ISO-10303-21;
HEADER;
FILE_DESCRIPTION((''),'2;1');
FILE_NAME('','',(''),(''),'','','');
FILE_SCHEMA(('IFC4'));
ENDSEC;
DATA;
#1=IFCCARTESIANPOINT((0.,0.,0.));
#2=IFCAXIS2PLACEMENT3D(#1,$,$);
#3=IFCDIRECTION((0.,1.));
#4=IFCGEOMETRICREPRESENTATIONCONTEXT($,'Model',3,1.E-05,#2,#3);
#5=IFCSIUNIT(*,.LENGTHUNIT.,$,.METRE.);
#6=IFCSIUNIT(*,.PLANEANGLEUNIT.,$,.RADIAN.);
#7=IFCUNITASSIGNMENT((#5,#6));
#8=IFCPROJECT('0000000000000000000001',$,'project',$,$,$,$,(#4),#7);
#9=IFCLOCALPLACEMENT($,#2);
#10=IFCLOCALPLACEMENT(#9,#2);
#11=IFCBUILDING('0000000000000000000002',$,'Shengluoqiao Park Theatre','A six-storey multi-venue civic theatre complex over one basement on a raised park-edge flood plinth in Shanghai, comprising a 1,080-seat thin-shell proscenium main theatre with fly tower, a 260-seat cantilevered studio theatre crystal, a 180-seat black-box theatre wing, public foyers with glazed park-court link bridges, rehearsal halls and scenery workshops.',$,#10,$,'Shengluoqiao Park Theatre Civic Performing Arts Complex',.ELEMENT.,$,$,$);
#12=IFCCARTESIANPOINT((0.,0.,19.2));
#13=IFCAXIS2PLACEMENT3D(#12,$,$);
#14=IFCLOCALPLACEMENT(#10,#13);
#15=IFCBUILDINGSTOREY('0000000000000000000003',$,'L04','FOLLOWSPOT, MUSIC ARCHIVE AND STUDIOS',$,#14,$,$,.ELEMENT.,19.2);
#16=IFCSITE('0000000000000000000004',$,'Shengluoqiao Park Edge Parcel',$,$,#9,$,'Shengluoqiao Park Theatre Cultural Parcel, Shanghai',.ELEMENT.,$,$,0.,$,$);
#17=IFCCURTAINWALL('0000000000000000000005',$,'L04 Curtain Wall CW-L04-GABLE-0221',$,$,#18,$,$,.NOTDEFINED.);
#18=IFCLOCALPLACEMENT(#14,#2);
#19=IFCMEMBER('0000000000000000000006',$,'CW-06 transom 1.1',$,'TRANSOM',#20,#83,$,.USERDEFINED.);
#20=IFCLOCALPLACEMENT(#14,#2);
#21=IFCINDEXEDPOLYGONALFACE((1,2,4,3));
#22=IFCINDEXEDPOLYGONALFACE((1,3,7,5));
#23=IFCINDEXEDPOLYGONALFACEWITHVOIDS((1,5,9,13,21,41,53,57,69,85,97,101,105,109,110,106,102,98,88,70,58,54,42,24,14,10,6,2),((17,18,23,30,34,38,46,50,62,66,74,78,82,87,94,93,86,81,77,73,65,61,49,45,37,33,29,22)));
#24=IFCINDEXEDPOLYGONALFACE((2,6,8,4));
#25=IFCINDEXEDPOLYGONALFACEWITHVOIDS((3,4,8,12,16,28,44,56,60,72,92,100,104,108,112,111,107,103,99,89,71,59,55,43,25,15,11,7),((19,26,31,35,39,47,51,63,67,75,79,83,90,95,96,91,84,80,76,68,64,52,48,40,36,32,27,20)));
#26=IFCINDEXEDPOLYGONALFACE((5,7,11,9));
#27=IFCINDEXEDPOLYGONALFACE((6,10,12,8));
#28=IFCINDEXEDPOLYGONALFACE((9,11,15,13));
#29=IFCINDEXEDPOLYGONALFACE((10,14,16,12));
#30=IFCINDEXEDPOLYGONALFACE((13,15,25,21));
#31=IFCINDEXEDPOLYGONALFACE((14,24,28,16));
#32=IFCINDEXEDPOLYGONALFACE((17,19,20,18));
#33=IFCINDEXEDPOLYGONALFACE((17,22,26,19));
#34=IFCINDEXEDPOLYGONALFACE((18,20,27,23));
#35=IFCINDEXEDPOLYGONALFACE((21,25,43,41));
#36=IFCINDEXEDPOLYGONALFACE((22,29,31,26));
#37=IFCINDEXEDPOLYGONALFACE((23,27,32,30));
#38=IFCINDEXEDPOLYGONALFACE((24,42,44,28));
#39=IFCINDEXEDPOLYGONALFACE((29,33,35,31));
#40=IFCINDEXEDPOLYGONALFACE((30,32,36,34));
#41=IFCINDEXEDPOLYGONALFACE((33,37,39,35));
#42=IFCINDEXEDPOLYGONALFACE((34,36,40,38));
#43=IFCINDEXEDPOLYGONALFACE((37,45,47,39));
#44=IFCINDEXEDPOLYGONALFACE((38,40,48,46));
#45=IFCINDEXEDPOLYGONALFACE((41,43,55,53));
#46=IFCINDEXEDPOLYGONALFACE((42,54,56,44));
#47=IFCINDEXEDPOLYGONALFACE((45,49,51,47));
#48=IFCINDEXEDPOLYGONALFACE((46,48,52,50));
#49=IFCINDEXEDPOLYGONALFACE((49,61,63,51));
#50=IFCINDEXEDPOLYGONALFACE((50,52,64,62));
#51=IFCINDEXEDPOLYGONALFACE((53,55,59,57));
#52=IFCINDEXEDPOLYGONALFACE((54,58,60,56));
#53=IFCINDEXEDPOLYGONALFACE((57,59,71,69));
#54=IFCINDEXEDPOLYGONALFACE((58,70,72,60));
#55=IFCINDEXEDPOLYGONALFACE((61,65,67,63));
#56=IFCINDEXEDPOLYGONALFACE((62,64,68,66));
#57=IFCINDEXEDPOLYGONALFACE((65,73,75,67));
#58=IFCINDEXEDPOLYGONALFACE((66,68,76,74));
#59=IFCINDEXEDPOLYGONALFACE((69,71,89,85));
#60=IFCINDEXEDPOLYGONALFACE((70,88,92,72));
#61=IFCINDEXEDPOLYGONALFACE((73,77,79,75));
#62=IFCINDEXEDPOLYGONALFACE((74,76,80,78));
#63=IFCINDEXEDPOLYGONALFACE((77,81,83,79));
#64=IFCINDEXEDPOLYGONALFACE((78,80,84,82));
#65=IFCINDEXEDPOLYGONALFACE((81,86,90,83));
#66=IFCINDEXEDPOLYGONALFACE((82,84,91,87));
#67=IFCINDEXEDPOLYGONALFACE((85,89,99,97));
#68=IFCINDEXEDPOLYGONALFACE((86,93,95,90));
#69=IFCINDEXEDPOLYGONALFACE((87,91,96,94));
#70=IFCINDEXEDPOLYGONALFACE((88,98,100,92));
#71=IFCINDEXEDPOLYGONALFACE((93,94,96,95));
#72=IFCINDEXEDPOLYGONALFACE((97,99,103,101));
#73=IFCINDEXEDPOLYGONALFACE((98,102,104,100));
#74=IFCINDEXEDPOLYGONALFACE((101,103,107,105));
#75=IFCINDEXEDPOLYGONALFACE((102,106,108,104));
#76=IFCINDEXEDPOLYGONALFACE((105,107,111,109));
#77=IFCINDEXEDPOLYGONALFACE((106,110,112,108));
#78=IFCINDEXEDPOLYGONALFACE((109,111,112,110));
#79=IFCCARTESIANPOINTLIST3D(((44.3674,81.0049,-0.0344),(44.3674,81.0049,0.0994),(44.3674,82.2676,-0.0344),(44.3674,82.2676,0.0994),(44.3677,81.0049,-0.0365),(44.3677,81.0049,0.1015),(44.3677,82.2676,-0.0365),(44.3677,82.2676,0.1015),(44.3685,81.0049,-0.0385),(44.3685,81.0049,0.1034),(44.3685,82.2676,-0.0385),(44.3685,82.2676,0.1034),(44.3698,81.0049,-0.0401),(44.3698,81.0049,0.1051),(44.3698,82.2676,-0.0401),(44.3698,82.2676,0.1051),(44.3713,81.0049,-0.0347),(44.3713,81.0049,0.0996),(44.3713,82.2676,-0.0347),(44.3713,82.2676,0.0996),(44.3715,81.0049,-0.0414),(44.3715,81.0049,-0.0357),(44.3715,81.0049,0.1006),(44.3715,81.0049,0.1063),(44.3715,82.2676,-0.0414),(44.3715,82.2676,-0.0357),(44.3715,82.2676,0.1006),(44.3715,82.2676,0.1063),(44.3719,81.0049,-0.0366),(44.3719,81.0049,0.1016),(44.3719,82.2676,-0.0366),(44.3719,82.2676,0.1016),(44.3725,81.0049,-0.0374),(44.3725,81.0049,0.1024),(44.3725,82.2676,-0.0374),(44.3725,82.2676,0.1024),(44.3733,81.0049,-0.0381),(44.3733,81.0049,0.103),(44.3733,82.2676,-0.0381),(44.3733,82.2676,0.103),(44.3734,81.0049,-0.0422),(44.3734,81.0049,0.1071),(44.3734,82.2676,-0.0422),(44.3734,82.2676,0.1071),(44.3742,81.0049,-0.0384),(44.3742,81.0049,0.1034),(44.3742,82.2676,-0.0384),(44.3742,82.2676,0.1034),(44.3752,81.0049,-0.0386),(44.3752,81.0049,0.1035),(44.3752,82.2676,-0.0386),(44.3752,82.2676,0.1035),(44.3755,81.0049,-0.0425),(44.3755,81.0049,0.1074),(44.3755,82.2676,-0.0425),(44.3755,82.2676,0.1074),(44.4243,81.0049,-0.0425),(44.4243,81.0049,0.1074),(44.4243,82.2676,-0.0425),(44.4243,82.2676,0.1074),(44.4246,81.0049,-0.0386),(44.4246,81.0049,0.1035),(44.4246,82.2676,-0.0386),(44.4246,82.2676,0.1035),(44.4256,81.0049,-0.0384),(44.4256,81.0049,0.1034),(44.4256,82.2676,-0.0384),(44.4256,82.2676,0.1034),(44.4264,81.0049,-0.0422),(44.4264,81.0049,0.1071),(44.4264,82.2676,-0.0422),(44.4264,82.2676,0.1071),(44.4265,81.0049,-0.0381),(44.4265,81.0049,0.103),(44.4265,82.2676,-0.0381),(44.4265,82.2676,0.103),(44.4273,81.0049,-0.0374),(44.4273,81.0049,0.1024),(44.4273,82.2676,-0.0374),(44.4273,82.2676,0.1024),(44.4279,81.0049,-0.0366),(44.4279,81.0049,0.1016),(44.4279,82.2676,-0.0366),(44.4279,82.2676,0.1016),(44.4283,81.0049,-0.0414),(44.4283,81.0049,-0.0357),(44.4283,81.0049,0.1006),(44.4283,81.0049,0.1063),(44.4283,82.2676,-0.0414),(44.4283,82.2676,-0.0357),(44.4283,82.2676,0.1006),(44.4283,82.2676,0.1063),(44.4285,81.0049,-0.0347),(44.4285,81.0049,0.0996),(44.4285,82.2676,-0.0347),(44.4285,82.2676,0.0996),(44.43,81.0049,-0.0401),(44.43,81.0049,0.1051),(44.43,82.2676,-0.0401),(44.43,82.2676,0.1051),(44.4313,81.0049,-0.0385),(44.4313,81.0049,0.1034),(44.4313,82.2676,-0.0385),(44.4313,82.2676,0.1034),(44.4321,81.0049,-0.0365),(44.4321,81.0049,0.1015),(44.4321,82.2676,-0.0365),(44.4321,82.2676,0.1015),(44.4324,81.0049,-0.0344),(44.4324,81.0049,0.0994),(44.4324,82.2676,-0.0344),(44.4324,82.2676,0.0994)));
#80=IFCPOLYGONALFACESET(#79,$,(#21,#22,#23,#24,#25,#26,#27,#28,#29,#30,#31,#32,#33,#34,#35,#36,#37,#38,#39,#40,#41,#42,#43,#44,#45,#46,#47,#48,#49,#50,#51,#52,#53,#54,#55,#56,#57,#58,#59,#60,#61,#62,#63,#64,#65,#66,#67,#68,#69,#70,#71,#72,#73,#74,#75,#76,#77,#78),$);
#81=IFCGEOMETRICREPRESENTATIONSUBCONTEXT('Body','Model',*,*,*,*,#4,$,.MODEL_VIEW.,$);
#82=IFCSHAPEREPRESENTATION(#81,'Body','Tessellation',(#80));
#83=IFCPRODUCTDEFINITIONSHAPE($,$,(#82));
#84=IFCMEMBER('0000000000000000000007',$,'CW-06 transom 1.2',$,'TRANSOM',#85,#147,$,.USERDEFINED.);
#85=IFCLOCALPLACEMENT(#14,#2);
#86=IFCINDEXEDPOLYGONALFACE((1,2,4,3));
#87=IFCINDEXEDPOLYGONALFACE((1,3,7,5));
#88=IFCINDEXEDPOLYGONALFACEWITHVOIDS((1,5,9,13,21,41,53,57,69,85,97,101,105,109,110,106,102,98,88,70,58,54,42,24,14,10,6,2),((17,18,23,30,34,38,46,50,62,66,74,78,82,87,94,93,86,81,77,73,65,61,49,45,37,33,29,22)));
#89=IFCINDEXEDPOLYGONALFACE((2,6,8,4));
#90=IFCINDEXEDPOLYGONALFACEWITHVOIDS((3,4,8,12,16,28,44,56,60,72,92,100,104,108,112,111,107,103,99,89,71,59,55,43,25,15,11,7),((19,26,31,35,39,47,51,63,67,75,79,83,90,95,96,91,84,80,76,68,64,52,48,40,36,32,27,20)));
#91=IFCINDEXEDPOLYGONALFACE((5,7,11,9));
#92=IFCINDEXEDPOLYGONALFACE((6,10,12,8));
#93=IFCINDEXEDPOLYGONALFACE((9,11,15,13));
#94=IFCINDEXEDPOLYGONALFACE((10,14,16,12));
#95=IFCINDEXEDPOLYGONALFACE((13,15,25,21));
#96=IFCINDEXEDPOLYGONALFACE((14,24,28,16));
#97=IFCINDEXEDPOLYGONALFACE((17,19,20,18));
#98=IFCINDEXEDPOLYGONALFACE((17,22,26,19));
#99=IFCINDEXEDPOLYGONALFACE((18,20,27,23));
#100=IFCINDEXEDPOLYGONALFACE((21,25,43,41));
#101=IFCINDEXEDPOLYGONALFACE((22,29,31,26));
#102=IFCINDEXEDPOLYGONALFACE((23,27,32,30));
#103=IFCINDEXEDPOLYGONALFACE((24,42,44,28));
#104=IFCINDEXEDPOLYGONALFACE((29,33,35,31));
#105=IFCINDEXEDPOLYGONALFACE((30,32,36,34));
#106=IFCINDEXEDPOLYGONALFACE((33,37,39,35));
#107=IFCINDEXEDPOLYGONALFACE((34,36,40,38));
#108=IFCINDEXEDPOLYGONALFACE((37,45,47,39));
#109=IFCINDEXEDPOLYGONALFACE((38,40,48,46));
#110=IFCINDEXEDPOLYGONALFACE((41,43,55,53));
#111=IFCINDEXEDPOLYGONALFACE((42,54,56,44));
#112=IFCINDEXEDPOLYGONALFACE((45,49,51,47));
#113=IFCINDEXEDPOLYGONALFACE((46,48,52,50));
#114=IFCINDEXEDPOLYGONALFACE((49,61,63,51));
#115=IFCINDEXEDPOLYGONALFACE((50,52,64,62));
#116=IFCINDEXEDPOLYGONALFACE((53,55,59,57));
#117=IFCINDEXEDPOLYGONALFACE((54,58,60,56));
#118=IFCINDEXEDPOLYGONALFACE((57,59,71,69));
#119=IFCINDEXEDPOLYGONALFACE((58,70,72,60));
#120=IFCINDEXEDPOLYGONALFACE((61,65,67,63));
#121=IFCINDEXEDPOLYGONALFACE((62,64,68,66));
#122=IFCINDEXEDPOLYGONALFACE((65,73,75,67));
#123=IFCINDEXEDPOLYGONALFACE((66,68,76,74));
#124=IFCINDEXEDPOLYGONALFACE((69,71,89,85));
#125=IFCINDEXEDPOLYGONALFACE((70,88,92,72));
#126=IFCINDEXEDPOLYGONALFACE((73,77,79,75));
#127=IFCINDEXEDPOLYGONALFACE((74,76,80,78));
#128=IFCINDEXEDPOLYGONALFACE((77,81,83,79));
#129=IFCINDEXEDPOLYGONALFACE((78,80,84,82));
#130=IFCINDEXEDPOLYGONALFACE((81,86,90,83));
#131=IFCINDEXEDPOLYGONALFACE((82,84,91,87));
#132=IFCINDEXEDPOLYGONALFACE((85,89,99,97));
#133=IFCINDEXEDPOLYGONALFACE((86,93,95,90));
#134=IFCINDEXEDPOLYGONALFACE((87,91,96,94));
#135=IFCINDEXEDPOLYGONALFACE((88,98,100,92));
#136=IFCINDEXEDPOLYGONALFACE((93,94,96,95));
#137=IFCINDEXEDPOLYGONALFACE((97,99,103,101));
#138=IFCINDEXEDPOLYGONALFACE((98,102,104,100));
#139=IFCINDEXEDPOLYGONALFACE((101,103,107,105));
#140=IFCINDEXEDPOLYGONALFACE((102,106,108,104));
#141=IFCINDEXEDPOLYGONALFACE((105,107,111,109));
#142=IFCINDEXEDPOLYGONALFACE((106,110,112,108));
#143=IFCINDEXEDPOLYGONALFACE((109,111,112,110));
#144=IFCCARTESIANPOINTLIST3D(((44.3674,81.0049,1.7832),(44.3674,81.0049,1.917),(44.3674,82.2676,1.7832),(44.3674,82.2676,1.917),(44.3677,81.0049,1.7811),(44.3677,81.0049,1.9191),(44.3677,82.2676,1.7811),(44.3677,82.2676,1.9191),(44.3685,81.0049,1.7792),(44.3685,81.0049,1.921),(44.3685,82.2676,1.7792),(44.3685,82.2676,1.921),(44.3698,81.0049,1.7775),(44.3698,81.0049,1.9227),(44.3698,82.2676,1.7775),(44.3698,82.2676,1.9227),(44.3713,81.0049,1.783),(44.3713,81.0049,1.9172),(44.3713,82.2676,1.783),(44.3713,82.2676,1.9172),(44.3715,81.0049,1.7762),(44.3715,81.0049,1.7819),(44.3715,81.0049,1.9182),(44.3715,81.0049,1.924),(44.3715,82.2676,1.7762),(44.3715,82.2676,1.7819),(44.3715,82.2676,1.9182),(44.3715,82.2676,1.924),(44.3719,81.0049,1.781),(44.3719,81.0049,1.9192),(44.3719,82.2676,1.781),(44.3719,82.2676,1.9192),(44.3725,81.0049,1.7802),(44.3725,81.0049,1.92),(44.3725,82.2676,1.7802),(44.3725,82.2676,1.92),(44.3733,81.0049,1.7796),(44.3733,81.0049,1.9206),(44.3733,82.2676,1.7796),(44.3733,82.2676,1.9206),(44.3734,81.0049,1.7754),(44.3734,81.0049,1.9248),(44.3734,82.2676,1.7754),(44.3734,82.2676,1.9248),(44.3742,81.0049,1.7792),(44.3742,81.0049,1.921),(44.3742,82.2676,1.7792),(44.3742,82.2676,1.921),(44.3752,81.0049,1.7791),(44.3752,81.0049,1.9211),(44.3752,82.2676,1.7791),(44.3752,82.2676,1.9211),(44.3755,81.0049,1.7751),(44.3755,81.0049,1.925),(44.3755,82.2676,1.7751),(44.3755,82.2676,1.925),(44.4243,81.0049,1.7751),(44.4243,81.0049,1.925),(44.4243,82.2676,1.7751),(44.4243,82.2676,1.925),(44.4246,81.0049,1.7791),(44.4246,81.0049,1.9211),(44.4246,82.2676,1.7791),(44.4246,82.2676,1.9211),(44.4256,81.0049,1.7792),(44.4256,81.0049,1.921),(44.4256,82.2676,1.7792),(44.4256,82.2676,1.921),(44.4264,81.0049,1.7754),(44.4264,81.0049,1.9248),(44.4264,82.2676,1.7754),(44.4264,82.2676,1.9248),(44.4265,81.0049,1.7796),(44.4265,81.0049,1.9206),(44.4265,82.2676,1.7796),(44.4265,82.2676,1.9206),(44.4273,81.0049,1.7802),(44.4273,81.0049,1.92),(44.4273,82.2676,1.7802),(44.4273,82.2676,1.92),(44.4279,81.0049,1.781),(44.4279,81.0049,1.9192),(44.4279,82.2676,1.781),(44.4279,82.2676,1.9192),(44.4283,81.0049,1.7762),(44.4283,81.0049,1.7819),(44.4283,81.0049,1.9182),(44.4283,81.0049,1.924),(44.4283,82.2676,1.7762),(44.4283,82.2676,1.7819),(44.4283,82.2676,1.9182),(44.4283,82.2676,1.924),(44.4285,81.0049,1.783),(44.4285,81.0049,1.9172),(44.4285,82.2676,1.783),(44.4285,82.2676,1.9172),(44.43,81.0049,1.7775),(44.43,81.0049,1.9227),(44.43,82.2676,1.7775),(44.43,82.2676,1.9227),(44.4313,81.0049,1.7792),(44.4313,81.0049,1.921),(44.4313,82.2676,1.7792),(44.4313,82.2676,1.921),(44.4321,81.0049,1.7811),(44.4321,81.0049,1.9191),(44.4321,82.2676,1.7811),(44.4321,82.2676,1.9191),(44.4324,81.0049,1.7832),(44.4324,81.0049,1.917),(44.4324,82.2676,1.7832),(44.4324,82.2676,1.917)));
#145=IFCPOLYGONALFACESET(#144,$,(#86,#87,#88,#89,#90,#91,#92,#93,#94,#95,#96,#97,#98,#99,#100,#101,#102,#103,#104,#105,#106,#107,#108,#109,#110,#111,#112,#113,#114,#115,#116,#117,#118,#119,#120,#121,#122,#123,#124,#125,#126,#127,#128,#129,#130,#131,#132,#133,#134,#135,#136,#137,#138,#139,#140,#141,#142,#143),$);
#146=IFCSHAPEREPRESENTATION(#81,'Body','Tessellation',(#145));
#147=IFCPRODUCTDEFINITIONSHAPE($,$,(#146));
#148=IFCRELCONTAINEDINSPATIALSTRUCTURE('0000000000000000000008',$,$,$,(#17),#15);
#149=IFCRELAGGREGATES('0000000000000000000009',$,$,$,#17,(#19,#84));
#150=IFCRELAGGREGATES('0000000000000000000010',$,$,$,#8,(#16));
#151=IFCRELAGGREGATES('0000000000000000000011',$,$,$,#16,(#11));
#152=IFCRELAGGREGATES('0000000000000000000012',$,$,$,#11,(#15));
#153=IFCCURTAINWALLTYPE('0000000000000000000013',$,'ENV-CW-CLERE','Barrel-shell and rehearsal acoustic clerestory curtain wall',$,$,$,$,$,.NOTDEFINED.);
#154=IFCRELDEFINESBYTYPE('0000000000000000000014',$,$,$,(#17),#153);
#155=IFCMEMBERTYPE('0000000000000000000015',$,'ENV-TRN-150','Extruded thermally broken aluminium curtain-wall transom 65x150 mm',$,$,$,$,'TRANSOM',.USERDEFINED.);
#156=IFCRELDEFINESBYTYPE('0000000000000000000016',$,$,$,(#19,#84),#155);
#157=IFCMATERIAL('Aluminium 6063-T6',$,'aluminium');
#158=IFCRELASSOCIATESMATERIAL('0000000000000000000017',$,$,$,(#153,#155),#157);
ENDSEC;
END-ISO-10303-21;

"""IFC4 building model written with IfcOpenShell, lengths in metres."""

from ifc_helpers import new_model, si_unit, direction, frame, origin, origin_2d, place, context, subcontext, project, spatial, hollow_rectangle, extrude, material, material_profile, profile_set, type_object, element, aggregate, save


model = new_model("IFC4")

# Units and contexts
model_context = context("Model", 3, precision=1e-05, world=origin(), true_north=direction((0.0, 1.0)))
body_context = subcontext(model_context, "Body", "Model", "MODEL_VIEW")
ifc_project = project(units=[si_unit("LENGTHUNIT", "METRE"), si_unit("PLANEANGLEUNIT", "RADIAN")], contexts=[model_context])

# Site, building, storey
site_placement = place(None, origin())
site = spatial("IfcSite", under=ifc_project, at=site_placement, Name="Shengluoqiao Park Edge Parcel", LongName="Shengluoqiao Park Theatre Cultural Parcel, Shanghai", CompositionType="ELEMENT", RefElevation=0.0)
building_placement = place(site_placement, origin())
building = spatial("IfcBuilding", under=site, at=building_placement, Name="Shengluoqiao Park Theatre", Description="A six-storey multi-venue civic theatre complex over one basement on a raised park-edge flood plinth in Shanghai, comprising a 1,080-seat thin-shell proscenium main theatre with fly tower, a 260-seat cantilevered studio theatre crystal, a 180-seat black-box theatre wing, public foyers with glazed park-court link bridges, rehearsal halls and scenery workshops.", LongName="Shengluoqiao Park Theatre Civic Performing Arts Complex", CompositionType="ELEMENT")
storey_placement = place(building_placement, frame((0.0, 0.0, 19.2)))
storey = spatial("IfcBuildingStorey", under=building, at=storey_placement, Name="L04", Description="FOLLOWSPOT, MUSIC ARCHIVE AND STUDIOS", CompositionType="ELEMENT", Elevation=19.2)

# Shared definitions
ifc_material_1 = material(Name="Aluminium 6063-T6", Category="aluminium")
curtain_wall_type = type_object("IfcCurtainWallType", Name="ENV-CW-CLERE", Description="Barrel-shell and rehearsal acoustic clerestory curtain wall", PredefinedType="NOTDEFINED", material=ifc_material_1)

# Curtain wall
curtain_wall_1_placement = place(storey_placement, origin())
curtain_wall_1 = element("IfcCurtainWall", 1, at=curtain_wall_1_placement, inside=storey, type_object=curtain_wall_type, Name="L04 Curtain Wall CW-L04-GABLE-0221", PredefinedType="NOTDEFINED")

# Members
ifc_material_profile_1 = material_profile(ifc_material_1, hollow_rectangle(XDim=0.0649, YDim=0.1499, WallThickness=0.0039, InnerFilletRadius=0.0039, OuterFilletRadius=0.0081, at=origin_2d()), Name="ALU TRANSOM 150x65x4")
ifc_profile_set_1 = profile_set([ifc_material_profile_1], Name="Aluminium 6063-T6")
member_type_1 = type_object("IfcMemberType", Name="ENV-TRN-150", Description="Extruded thermally broken aluminium curtain-wall transom 65x150 mm", ElementType="TRANSOM", PredefinedType="USERDEFINED", material=ifc_profile_set_1)
member_1_placement = place(storey_placement, frame((44.3999, 81.0049, 0.0325), z_axis=(0.0, 1.0, 0.0), x_axis=(-1.0, 0.0, 0.0)))
member_1 = element("IfcMember", 2, at=member_1_placement, type_object=member_type_1, Name="CW-06 transom 1.1", ObjectType="TRANSOM", PredefinedType="USERDEFINED", context=body_context, shape_type="SweptSolid", body=[
    extrude(hollow_rectangle(XDim=0.0649, YDim=0.1499, WallThickness=0.0039, InnerFilletRadius=0.0039, OuterFilletRadius=0.0081, at=origin_2d()), origin(), (0.0, 0.0, 1.0), 1.2627),
])
member_2_placement = place(storey_placement, frame((44.3999, 81.0049, 1.8501), z_axis=(0.0, 1.0, 0.0), x_axis=(-1.0, 0.0, 0.0)))
member_2 = element("IfcMember", 3, at=member_2_placement, type_object=member_type_1, Name="CW-06 transom 1.2", ObjectType="TRANSOM", PredefinedType="USERDEFINED", context=body_context, shape_type="SweptSolid", body=[
    extrude(hollow_rectangle(XDim=0.0649, YDim=0.1499, WallThickness=0.0039, InnerFilletRadius=0.0039, OuterFilletRadius=0.0081, at=origin_2d()), origin(), (0.0, 0.0, 1.0), 1.2627),
])

aggregate(curtain_wall_1, [member_1, member_2])

save(model, "model.ifc")
